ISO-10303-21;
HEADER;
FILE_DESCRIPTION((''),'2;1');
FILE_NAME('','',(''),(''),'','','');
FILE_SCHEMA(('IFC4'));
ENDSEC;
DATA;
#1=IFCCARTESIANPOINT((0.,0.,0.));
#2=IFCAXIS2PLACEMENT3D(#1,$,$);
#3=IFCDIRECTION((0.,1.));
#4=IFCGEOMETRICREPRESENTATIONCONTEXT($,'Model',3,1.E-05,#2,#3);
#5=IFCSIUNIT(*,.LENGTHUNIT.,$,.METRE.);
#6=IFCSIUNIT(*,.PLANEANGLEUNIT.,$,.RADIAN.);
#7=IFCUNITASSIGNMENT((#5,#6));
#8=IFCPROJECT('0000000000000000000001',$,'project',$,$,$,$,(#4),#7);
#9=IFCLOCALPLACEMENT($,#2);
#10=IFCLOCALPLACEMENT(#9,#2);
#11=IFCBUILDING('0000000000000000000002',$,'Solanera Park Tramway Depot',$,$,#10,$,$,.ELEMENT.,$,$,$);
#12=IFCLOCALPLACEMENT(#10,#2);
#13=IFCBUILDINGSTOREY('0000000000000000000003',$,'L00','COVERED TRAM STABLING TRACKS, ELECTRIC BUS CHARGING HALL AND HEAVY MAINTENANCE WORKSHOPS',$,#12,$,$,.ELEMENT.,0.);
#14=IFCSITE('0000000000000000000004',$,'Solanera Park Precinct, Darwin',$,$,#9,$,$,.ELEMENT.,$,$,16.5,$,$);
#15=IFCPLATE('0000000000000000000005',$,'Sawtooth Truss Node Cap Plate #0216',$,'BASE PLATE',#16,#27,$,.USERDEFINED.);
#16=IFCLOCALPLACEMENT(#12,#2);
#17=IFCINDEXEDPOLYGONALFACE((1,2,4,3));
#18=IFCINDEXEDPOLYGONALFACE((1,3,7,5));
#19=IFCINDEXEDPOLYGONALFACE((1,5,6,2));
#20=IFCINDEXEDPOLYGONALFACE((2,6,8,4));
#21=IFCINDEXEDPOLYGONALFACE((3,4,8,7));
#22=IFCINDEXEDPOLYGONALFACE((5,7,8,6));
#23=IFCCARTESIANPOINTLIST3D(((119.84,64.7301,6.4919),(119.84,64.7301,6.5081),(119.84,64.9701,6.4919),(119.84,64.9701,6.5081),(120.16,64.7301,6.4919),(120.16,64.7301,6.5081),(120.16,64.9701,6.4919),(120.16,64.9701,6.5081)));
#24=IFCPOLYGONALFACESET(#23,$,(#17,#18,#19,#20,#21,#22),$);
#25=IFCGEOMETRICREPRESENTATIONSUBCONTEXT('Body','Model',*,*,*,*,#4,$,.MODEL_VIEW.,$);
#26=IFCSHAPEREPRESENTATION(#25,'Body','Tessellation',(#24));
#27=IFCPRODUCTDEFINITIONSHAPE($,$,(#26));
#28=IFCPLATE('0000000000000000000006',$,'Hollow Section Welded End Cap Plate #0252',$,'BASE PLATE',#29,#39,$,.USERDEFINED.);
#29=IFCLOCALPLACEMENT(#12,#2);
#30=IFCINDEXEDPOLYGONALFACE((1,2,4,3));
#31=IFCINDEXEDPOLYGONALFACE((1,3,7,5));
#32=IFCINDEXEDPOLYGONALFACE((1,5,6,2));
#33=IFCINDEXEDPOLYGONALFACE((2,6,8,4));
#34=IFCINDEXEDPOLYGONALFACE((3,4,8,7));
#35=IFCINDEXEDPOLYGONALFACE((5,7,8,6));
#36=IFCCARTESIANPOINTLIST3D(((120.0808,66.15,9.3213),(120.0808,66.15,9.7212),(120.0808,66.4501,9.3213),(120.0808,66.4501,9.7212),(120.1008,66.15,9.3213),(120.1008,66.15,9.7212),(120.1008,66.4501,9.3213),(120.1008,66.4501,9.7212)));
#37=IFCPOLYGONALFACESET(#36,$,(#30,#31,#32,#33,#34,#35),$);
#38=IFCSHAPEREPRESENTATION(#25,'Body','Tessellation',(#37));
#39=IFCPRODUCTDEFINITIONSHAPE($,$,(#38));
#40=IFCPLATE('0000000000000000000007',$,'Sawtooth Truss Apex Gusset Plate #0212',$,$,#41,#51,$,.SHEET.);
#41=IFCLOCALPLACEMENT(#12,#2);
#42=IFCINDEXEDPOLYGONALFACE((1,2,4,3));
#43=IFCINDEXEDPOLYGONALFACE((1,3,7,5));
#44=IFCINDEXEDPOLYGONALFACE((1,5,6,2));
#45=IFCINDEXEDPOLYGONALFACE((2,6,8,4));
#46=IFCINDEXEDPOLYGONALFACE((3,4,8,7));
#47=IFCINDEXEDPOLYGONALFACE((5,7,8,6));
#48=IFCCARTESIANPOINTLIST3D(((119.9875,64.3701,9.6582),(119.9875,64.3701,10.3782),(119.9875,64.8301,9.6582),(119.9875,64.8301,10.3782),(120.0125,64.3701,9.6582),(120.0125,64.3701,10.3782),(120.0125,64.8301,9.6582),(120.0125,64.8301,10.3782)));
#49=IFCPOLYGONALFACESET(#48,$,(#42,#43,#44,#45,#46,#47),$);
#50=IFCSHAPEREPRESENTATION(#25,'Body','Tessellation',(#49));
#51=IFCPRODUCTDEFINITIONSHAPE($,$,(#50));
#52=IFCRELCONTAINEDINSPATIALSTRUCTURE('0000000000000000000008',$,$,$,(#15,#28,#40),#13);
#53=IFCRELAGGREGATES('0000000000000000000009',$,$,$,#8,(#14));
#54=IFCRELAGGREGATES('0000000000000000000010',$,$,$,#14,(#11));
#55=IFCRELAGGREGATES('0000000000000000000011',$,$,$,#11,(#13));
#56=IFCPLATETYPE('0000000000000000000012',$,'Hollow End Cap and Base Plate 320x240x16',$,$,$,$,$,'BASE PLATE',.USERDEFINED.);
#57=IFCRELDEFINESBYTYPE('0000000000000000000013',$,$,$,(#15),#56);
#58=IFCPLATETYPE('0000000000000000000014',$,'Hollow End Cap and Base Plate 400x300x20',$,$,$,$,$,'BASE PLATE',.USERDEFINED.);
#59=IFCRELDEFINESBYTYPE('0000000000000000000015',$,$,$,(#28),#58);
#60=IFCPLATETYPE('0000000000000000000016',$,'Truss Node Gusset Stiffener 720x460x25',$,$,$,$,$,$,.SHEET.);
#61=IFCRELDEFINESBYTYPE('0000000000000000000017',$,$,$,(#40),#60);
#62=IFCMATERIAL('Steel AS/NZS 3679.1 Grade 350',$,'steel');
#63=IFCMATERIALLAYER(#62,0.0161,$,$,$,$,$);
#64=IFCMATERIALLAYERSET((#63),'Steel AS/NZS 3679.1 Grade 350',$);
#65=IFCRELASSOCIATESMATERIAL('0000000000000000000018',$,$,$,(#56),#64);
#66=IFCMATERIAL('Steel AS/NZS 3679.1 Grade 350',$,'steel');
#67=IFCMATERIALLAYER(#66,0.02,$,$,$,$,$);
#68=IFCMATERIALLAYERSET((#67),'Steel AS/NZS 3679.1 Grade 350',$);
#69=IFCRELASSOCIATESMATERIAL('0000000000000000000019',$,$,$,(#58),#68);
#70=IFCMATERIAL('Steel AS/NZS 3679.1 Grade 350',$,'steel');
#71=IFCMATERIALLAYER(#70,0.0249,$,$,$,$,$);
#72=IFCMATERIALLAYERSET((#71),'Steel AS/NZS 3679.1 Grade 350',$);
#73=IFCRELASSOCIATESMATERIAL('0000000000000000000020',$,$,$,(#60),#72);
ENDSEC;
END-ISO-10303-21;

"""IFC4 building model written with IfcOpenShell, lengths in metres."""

from ifc_helpers import new_model, si_unit, direction, frame, origin, origin_2d, place, context, subcontext, project, spatial, rectangle, extrude, material, layer, layer_set, type_object, element, save


model = new_model("IFC4")

# Units and contexts
model_context = context("Model", 3, precision=1e-05, world=origin(), true_north=direction((0.0, 1.0)))
body_context = subcontext(model_context, "Body", "Model", "MODEL_VIEW")
ifc_project = project(units=[si_unit("LENGTHUNIT", "METRE"), si_unit("PLANEANGLEUNIT", "RADIAN")], contexts=[model_context])

# Site, building, storey
site_placement = place(None, origin())
site = spatial("IfcSite", under=ifc_project, at=site_placement, Name="Solanera Park Precinct, Darwin", CompositionType="ELEMENT", RefElevation=16.5)
building_placement = place(site_placement, origin())
building = spatial("IfcBuilding", under=site, at=building_placement, Name="Solanera Park Tramway Depot", CompositionType="ELEMENT")
storey_placement = place(building_placement, origin())
storey = spatial("IfcBuildingStorey", under=building, at=storey_placement, Name="L00", Description="COVERED TRAM STABLING TRACKS, ELECTRIC BUS CHARGING HALL AND HEAVY MAINTENANCE WORKSHOPS", CompositionType="ELEMENT", Elevation=0.0)

# Plates
ifc_material_1 = material(Name="Steel AS/NZS 3679.1 Grade 350", Category="steel")
ifc_layer_1 = layer(ifc_material_1, 0.0161)
ifc_layer_set_1 = layer_set([ifc_layer_1], Name="Steel AS/NZS 3679.1 Grade 350")
plate_type_1 = type_object("IfcPlateType", Name="Hollow End Cap and Base Plate 320x240x16", ElementType="BASE PLATE", PredefinedType="USERDEFINED", material=ifc_layer_set_1)
for number, where, z_axis, x_axis, name in (
    (1, (120.0, 64.8501, 6.4919), (0.0, 0.0, 1.0), (1.0, 0.0, 0.0), "Sawtooth Truss Node Cap Plate #0216"),
):
    element("IfcPlate", number, at=place(storey_placement, frame(where, z_axis=z_axis, x_axis=x_axis)), inside=storey, type_object=plate_type_1, Name=name, ObjectType="BASE PLATE", PredefinedType="USERDEFINED", context=body_context, shape_type="SweptSolid", body=[
        extrude(rectangle(XDim=0.3201, YDim=0.24, at=origin_2d()), origin(), (0.0, 0.0, 1.0), 0.0161),
    ])
ifc_material_2 = material(Name="Steel AS/NZS 3679.1 Grade 350", Category="steel")
ifc_layer_2 = layer(ifc_material_2, 0.02)
ifc_layer_set_2 = layer_set([ifc_layer_2], Name="Steel AS/NZS 3679.1 Grade 350")
plate_type_2 = type_object("IfcPlateType", Name="Hollow End Cap and Base Plate 400x300x20", ElementType="BASE PLATE", PredefinedType="USERDEFINED", material=ifc_layer_set_2)
plate_1_placement = place(storey_placement, frame((120.0908, 66.3, 9.3213), z_axis=(0.0, 0.0, 1.0), x_axis=(1.0, 0.0, 0.0)))
element("IfcPlate", 2, at=plate_1_placement, inside=storey, type_object=plate_type_2, Name="Hollow Section Welded End Cap Plate #0252", ObjectType="BASE PLATE", PredefinedType="USERDEFINED", context=body_context, shape_type="SweptSolid", body=[
    extrude(rectangle(XDim=0.02, YDim=0.3, at=origin_2d()), origin(), (0.0, 0.0, 1.0), 0.3999),
])
ifc_material_3 = material(Name="Steel AS/NZS 3679.1 Grade 350", Category="steel")
ifc_layer_3 = layer(ifc_material_3, 0.0249)
ifc_layer_set_3 = layer_set([ifc_layer_3], Name="Steel AS/NZS 3679.1 Grade 350")
plate_type_3 = type_object("IfcPlateType", Name="Truss Node Gusset Stiffener 720x460x25", PredefinedType="SHEET", material=ifc_layer_set_3)
plate_2_placement = place(storey_placement, frame((120.0, 64.6001, 9.6582), z_axis=(0.0, 0.0, 1.0), x_axis=(1.0, 0.0, 0.0)))
element("IfcPlate", 3, at=plate_2_placement, inside=storey, type_object=plate_type_3, Name="Sawtooth Truss Apex Gusset Plate #0212", PredefinedType="SHEET", context=body_context, shape_type="SweptSolid", body=[
    extrude(rectangle(XDim=0.0249, YDim=0.46, at=origin_2d()), origin(), (0.0, 0.0, 1.0), 0.72),
])

save(model, "model.ifc")
